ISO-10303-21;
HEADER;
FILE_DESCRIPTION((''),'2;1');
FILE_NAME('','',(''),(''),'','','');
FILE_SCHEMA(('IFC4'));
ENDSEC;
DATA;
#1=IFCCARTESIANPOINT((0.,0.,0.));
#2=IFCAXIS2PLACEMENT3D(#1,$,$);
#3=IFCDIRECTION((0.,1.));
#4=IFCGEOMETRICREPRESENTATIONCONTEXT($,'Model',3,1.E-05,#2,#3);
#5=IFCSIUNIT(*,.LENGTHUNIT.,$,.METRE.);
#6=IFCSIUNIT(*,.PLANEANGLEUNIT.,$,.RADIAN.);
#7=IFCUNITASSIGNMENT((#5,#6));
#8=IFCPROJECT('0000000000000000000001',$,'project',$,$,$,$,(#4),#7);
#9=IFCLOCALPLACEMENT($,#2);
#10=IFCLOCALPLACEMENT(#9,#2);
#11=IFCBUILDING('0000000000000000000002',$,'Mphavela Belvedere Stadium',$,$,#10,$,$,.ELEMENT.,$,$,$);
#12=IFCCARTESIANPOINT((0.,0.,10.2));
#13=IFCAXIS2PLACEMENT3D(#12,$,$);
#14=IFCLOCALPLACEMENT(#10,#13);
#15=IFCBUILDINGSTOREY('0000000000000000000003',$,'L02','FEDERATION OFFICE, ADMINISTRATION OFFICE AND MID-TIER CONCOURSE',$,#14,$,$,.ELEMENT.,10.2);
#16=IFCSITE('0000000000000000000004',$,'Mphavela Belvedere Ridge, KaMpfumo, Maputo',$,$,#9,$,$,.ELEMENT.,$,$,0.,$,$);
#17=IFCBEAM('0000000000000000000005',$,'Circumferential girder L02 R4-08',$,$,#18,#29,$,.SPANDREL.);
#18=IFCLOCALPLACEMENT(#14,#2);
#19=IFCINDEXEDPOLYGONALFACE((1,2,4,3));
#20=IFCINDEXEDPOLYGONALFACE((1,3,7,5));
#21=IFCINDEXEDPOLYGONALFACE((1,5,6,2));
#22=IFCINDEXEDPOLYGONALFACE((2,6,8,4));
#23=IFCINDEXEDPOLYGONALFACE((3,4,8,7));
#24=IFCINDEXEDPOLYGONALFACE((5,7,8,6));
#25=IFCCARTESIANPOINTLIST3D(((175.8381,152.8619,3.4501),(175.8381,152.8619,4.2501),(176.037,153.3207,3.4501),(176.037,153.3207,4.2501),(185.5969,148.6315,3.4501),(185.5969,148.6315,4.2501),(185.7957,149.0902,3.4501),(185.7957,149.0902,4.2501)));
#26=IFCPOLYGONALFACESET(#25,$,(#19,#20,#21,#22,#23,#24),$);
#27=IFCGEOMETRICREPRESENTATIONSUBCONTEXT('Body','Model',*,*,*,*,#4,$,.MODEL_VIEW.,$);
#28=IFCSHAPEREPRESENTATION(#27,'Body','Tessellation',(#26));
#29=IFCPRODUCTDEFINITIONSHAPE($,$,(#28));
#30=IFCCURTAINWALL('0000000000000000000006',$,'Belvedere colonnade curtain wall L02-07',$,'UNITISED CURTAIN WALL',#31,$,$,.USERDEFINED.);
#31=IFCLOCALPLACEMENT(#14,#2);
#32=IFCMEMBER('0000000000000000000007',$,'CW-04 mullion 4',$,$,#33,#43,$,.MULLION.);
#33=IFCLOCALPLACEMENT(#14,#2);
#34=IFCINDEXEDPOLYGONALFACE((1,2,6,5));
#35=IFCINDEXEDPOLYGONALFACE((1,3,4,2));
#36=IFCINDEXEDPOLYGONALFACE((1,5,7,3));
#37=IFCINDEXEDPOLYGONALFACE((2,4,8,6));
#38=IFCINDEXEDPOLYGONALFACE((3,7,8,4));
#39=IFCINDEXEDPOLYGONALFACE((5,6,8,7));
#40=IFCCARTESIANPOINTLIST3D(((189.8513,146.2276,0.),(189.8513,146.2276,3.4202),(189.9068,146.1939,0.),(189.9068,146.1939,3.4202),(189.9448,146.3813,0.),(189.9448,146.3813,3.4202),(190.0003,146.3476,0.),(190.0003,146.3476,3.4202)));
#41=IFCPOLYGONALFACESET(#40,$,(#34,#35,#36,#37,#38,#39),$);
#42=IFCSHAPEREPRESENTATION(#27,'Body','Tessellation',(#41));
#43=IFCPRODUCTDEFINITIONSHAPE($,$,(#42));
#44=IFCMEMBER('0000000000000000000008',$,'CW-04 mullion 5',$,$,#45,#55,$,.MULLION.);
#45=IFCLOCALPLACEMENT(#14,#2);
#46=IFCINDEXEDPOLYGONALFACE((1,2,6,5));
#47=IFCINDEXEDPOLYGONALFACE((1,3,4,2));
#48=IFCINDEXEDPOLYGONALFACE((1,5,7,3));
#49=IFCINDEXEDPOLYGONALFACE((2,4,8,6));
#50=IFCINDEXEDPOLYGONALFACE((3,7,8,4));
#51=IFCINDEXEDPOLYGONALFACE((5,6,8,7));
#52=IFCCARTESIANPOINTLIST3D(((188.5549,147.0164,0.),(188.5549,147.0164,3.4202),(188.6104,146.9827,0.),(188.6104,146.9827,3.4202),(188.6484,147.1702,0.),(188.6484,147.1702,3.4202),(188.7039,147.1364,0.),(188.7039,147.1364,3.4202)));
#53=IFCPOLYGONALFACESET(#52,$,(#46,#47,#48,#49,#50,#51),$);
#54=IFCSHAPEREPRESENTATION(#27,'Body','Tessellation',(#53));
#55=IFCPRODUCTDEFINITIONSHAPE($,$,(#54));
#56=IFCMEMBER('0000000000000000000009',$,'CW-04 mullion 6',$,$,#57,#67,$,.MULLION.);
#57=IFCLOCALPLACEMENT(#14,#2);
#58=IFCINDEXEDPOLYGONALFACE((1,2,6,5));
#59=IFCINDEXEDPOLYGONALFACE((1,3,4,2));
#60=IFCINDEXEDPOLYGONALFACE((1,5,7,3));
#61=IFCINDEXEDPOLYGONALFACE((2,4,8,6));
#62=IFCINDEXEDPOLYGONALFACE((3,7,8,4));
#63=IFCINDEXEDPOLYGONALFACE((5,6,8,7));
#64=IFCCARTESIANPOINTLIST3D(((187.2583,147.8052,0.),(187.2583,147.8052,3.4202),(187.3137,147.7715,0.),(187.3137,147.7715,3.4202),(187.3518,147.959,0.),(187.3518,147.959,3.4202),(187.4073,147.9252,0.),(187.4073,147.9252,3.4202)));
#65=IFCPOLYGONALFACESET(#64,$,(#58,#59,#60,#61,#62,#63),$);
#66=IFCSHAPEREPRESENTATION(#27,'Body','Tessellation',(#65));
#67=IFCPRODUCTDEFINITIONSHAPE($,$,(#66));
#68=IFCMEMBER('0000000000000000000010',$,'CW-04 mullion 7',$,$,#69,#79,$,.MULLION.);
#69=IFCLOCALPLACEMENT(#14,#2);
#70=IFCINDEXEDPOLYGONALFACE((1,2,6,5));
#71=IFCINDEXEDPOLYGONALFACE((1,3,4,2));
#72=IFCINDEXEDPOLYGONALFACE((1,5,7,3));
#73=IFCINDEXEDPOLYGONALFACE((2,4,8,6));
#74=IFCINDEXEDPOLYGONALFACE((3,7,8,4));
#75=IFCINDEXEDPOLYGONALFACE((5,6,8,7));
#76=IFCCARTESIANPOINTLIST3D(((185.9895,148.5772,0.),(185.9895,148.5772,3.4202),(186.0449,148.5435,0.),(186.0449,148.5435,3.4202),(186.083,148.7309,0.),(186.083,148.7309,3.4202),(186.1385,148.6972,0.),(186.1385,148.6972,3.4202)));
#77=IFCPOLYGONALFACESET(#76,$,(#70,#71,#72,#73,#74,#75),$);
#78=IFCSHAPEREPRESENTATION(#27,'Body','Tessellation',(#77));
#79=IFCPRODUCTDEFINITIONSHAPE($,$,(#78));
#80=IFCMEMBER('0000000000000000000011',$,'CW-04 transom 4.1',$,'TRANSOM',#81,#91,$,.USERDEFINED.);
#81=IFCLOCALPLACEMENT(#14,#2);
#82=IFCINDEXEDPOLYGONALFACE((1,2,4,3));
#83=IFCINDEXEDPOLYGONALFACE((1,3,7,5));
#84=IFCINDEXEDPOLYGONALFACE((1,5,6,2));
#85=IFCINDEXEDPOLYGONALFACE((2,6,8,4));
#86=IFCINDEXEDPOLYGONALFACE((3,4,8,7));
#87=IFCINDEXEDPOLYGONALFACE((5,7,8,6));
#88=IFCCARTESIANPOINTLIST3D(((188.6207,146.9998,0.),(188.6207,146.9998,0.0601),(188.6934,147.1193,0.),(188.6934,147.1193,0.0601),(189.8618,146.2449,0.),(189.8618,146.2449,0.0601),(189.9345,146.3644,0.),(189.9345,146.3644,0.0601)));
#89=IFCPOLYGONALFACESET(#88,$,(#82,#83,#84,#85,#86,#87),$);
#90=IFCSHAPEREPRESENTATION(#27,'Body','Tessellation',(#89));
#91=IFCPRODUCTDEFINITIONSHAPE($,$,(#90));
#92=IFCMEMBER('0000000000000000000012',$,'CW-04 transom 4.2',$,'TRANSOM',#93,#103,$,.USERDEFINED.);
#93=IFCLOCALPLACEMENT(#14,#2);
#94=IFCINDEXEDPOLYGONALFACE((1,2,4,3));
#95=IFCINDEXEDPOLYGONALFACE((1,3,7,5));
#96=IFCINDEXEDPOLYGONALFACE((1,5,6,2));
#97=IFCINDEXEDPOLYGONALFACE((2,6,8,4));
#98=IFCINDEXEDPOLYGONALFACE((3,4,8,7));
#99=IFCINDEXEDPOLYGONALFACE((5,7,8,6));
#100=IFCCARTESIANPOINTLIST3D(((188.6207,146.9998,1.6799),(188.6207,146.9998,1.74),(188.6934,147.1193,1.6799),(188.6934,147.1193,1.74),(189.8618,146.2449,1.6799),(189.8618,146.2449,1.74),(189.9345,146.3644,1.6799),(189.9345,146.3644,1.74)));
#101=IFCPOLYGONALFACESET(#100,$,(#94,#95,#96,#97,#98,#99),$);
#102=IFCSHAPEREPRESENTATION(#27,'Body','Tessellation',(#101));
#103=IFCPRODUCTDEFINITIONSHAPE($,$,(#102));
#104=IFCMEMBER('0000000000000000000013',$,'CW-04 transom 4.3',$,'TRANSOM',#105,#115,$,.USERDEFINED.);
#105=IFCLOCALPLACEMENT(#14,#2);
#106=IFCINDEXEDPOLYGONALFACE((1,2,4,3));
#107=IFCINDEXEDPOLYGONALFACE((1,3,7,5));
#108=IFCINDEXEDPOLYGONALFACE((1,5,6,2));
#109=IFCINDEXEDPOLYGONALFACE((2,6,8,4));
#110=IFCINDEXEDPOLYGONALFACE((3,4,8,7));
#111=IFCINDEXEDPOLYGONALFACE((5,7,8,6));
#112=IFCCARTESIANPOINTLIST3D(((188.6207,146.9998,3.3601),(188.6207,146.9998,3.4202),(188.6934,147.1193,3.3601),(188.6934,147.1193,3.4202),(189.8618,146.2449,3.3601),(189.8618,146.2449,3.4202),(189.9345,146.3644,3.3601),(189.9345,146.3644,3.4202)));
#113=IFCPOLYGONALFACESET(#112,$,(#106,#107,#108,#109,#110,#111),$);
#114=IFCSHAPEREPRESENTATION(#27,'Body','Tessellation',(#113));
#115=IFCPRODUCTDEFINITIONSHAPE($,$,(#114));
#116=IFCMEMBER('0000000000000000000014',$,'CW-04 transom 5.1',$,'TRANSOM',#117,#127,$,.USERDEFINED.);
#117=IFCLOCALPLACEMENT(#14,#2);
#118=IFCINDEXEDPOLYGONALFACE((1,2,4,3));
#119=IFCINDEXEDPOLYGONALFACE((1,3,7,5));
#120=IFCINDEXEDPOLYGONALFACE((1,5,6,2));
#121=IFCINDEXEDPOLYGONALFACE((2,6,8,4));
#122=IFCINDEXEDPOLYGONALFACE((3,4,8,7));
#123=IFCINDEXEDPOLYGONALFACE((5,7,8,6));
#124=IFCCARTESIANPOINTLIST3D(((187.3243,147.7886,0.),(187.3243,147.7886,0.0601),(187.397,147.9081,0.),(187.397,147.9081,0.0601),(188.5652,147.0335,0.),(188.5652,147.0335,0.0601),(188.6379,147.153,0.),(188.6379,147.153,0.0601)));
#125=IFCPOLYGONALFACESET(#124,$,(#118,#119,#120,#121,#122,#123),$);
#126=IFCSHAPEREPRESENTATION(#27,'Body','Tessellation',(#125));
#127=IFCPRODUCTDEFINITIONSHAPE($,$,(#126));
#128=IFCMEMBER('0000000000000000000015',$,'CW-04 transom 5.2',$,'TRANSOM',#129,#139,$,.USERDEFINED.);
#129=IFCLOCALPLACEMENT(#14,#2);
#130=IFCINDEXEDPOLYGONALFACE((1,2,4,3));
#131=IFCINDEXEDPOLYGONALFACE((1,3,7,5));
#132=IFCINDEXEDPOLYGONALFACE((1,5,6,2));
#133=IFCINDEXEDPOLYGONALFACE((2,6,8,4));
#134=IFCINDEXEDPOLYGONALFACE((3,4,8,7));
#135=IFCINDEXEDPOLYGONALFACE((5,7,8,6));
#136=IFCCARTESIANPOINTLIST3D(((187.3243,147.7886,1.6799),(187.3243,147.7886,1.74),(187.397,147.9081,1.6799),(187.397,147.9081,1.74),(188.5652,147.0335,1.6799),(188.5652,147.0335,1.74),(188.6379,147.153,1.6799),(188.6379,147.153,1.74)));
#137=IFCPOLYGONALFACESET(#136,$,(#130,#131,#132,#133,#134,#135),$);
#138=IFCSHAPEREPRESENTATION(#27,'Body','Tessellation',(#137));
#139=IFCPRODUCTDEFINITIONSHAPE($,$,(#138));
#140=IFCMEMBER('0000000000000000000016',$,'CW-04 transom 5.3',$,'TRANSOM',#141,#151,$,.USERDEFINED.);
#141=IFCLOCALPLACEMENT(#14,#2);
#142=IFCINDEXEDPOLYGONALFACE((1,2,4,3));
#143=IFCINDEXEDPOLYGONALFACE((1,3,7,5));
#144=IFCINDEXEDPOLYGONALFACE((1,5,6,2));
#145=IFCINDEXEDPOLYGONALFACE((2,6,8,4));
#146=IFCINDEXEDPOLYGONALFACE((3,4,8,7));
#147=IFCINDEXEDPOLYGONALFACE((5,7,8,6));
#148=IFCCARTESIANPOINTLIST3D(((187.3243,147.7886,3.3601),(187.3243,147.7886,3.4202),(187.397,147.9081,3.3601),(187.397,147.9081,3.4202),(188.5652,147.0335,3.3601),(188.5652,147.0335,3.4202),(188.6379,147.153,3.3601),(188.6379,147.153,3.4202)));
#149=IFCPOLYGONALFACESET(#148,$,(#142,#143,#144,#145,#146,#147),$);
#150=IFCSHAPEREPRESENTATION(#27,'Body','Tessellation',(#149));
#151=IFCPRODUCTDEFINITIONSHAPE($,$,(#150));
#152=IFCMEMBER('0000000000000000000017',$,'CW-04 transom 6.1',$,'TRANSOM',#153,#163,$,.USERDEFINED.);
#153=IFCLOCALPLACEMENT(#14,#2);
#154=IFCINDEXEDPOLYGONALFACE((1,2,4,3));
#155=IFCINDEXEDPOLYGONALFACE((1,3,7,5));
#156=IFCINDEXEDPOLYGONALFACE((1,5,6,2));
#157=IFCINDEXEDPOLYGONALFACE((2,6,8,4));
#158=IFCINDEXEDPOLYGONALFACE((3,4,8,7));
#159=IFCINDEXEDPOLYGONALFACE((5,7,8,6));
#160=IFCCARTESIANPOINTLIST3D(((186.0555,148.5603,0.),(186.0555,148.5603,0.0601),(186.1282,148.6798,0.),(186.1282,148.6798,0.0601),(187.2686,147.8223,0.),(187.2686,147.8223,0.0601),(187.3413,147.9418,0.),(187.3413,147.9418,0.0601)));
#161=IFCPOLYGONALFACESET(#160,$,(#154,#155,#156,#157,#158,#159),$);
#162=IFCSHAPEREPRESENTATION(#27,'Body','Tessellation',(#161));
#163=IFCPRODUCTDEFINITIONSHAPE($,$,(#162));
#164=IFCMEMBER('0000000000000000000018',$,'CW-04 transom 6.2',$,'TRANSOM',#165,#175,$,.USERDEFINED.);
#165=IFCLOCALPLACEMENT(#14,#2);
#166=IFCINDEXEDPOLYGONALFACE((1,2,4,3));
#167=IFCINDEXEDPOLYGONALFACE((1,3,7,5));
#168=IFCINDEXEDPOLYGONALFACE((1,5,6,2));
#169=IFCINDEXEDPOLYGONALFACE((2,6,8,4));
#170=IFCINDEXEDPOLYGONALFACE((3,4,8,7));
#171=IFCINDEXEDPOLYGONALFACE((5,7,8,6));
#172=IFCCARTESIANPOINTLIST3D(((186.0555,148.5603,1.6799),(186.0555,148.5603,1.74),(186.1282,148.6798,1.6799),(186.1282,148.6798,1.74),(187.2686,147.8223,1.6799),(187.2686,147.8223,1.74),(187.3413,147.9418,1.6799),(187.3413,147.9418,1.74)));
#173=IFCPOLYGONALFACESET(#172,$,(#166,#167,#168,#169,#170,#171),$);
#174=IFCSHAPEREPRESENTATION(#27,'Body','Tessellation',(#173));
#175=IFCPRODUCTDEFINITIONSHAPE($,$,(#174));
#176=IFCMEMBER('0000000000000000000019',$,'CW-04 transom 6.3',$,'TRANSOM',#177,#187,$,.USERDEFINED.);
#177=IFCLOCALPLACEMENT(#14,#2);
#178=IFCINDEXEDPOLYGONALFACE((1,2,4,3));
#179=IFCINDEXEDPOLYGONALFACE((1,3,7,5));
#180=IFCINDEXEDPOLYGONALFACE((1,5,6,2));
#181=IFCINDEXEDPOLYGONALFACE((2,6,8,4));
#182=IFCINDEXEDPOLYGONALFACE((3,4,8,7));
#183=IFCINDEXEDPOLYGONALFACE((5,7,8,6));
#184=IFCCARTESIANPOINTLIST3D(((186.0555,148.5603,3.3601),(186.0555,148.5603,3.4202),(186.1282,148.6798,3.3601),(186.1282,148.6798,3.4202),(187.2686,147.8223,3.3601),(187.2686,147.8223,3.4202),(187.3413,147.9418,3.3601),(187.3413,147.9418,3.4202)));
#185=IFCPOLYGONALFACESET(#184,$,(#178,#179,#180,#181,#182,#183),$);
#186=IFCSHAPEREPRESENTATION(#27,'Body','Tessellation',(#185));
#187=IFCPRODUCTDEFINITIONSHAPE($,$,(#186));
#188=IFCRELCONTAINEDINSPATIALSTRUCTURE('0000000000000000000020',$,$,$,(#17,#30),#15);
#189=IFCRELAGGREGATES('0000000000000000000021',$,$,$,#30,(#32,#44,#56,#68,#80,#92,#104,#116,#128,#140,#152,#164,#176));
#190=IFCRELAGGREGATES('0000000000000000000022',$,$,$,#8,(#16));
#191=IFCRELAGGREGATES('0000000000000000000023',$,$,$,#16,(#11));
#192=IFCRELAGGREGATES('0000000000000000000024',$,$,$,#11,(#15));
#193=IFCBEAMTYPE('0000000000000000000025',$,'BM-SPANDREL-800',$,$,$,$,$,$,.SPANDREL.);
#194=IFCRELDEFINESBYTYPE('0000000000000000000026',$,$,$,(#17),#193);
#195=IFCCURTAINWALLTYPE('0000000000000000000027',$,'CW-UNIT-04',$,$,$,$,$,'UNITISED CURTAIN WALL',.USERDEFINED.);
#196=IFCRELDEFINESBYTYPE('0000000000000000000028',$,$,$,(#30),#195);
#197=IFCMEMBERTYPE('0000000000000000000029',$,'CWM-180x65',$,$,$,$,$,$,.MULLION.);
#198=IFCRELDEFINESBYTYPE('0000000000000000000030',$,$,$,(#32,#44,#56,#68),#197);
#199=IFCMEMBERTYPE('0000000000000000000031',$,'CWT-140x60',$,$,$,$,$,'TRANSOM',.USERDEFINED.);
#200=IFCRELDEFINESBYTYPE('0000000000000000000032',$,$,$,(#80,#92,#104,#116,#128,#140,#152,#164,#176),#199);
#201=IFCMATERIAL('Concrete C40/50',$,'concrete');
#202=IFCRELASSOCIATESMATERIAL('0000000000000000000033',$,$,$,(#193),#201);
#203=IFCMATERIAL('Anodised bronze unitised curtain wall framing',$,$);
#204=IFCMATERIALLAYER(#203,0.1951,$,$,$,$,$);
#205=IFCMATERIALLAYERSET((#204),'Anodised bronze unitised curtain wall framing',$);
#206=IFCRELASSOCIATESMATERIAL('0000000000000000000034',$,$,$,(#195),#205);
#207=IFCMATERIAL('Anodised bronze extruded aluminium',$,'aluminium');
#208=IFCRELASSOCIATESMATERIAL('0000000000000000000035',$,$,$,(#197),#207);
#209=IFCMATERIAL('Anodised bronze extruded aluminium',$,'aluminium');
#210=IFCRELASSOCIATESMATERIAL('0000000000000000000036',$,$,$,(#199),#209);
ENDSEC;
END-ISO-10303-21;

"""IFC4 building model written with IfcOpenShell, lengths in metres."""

from ifc_helpers import new_model, si_unit, direction, frame, origin, origin_2d, place, context, subcontext, project, spatial, rectangle, extrude, material, layer, layer_set, material_profile, profile_set, type_object, element, aggregate, save


model = new_model("IFC4")

# Units and contexts
model_context = context("Model", 3, precision=1e-05, world=origin(), true_north=direction((0.0, 1.0)))
body_context = subcontext(model_context, "Body", "Model", "MODEL_VIEW")
ifc_project = project(units=[si_unit("LENGTHUNIT", "METRE"), si_unit("PLANEANGLEUNIT", "RADIAN")], contexts=[model_context])

# Site, building, storey
site_placement = place(None, origin())
site = spatial("IfcSite", under=ifc_project, at=site_placement, Name="Mphavela Belvedere Ridge, KaMpfumo, Maputo", CompositionType="ELEMENT", RefElevation=0.0)
building_placement = place(site_placement, origin())
building = spatial("IfcBuilding", under=site, at=building_placement, Name="Mphavela Belvedere Stadium", CompositionType="ELEMENT")
storey_placement = place(building_placement, frame((0.0, 0.0, 10.2)))
storey = spatial("IfcBuildingStorey", under=building, at=storey_placement, Name="L02", Description="FEDERATION OFFICE, ADMINISTRATION OFFICE AND MID-TIER CONCOURSE", CompositionType="ELEMENT", Elevation=10.2)

# Beam
ifc_material_1 = material(Name="Concrete C40/50", Category="concrete")
ifc_material_profile_1 = material_profile(ifc_material_1, rectangle(XDim=0.5, YDim=0.8, at=origin_2d()), Name="RC 500x800")
ifc_profile_set_1 = profile_set([ifc_material_profile_1], Name="Concrete C40/50")
beam_type_1 = type_object("IfcBeamType", Name="BM-SPANDREL-800", PredefinedType="SPANDREL", material=ifc_profile_set_1)
beam_1_placement = place(storey_placement, frame((185.6963, 148.8608, 3.8501), z_axis=(-0.917499, 0.397739, 0.0), x_axis=(-0.397739, -0.917499, 0.0)))
element("IfcBeam", 1, at=beam_1_placement, inside=storey, type_object=beam_type_1, Name="Circumferential girder L02 R4-08", PredefinedType="SPANDREL", context=body_context, shape_type="SweptSolid", body=[
    extrude(rectangle(XDim=0.5, YDim=0.8, at=origin_2d()), origin(), (0.0, 0.0, 1.0), 10.6362),
])

# Curtain wall, members
ifc_material_2 = material(Name="Anodised bronze unitised curtain wall framing")
ifc_layer_1 = layer(ifc_material_2, 0.1951)
ifc_layer_set_1 = layer_set([ifc_layer_1], Name="Anodised bronze unitised curtain wall framing")
curtain_wall_type = type_object("IfcCurtainWallType", Name="CW-UNIT-04", ElementType="UNITISED CURTAIN WALL", PredefinedType="USERDEFINED", material=ifc_layer_set_1)
curtain_wall_placement = place(storey_placement, origin())
curtain_wall = element("IfcCurtainWall", 2, at=curtain_wall_placement, inside=storey, type_object=curtain_wall_type, Name="Belvedere colonnade curtain wall L02-07", ObjectType="UNITISED CURTAIN WALL", PredefinedType="USERDEFINED")
ifc_material_3 = material(Name="Anodised bronze extruded aluminium", Category="aluminium")
ifc_material_profile_2 = material_profile(ifc_material_3, rectangle(XDim=0.1799, YDim=0.0649, at=origin_2d()), Name="CW-MUL 180x65")
ifc_profile_set_2 = profile_set([ifc_material_profile_2], Name="Anodised bronze extruded aluminium")
member_type_1 = type_object("IfcMemberType", Name="CWM-180x65", PredefinedType="MULLION", material=ifc_profile_set_2)
member_1_placement = place(storey_placement, frame((189.9258, 146.2876, 0.0), z_axis=(0.0, 0.0, 1.0), x_axis=(-0.519732, -0.85433, 0.0)))
member_1 = element("IfcMember", 3, at=member_1_placement, type_object=member_type_1, Name="CW-04 mullion 4", PredefinedType="MULLION", context=body_context, shape_type="SweptSolid", body=[
    extrude(rectangle(XDim=0.1799, YDim=0.0649, at=origin_2d()), origin(), (0.0, 0.0, 1.0), 3.4202),
])
member_2_placement = place(storey_placement, frame((188.6294, 147.0764, 0.0), z_axis=(0.0, 0.0, 1.0), x_axis=(-0.519732, -0.85433, 0.0)))
member_2 = element("IfcMember", 4, at=member_2_placement, type_object=member_type_1, Name="CW-04 mullion 5", PredefinedType="MULLION", context=body_context, shape_type="SweptSolid", body=[
    extrude(rectangle(XDim=0.1799, YDim=0.0649, at=origin_2d()), origin(), (0.0, 0.0, 1.0), 3.4202),
])
member_3_placement = place(storey_placement, frame((187.3328, 147.8652, 0.0), z_axis=(0.0, 0.0, 1.0), x_axis=(-0.519732, -0.85433, 0.0)))
member_3 = element("IfcMember", 5, at=member_3_placement, type_object=member_type_1, Name="CW-04 mullion 6", PredefinedType="MULLION", context=body_context, shape_type="SweptSolid", body=[
    extrude(rectangle(XDim=0.1799, YDim=0.0649, at=origin_2d()), origin(), (0.0, 0.0, 1.0), 3.4202),
])
member_4_placement = place(storey_placement, frame((186.064, 148.6372, 0.0), z_axis=(0.0, 0.0, 1.0), x_axis=(-0.519732, -0.85433, 0.0)))
member_4 = element("IfcMember", 6, at=member_4_placement, type_object=member_type_1, Name="CW-04 mullion 7", PredefinedType="MULLION", context=body_context, shape_type="SweptSolid", body=[
    extrude(rectangle(XDim=0.1799, YDim=0.0649, at=origin_2d()), origin(), (0.0, 0.0, 1.0), 3.4202),
])
ifc_material_4 = material(Name="Anodised bronze extruded aluminium", Category="aluminium")
ifc_material_profile_3 = material_profile(ifc_material_4, rectangle(XDim=0.1399, YDim=0.0601, at=origin_2d()), Name="CW-TRN 140x60")
ifc_profile_set_3 = profile_set([ifc_material_profile_3], Name="Anodised bronze extruded aluminium")
member_type_2 = type_object("IfcMemberType", Name="CWT-140x60", ElementType="TRANSOM", PredefinedType="USERDEFINED", material=ifc_profile_set_3)
member_5_placement = place(storey_placement, frame((189.8982, 146.3047, 0.03), z_axis=(-0.854393, 0.519627, 0.0), x_axis=(-0.519627, -0.854393, 0.0)))
member_5 = element("IfcMember", 7, at=member_5_placement, type_object=member_type_2, Name="CW-04 transom 4.1", ObjectType="TRANSOM", PredefinedType="USERDEFINED", context=body_context, shape_type="SweptSolid", body=[
    extrude(rectangle(XDim=0.1399, YDim=0.0601, at=origin_2d()), origin(), (0.0, 0.0, 1.0), 1.4526),
])
member_6_placement = place(storey_placement, frame((189.8982, 146.3047, 1.71), z_axis=(-0.854393, 0.519627, 0.0), x_axis=(-0.519627, -0.854393, 0.0)))
member_6 = element("IfcMember", 8, at=member_6_placement, type_object=member_type_2, Name="CW-04 transom 4.2", ObjectType="TRANSOM", PredefinedType="USERDEFINED", context=body_context, shape_type="SweptSolid", body=[
    extrude(rectangle(XDim=0.1399, YDim=0.0601, at=origin_2d()), origin(), (0.0, 0.0, 1.0), 1.4526),
])
member_7_placement = place(storey_placement, frame((189.8982, 146.3047, 3.3901), z_axis=(-0.854393, 0.519627, 0.0), x_axis=(-0.519627, -0.854393, 0.0)))
member_7 = element("IfcMember", 9, at=member_7_placement, type_object=member_type_2, Name="CW-04 transom 4.3", ObjectType="TRANSOM", PredefinedType="USERDEFINED", context=body_context, shape_type="SweptSolid", body=[
    extrude(rectangle(XDim=0.1399, YDim=0.0601, at=origin_2d()), origin(), (0.0, 0.0, 1.0), 1.4526),
])
member_8_placement = place(storey_placement, frame((188.6016, 147.0933, 0.03), z_axis=(-0.854273, 0.519824, 0.0), x_axis=(-0.519824, -0.854273, 0.0)))
member_8 = element("IfcMember", 10, at=member_8_placement, type_object=member_type_2, Name="CW-04 transom 5.1", ObjectType="TRANSOM", PredefinedType="USERDEFINED", context=body_context, shape_type="SweptSolid", body=[
    extrude(rectangle(XDim=0.1399, YDim=0.0601, at=origin_2d()), origin(), (0.0, 0.0, 1.0), 1.4526),
])
member_9_placement = place(storey_placement, frame((188.6016, 147.0933, 1.71), z_axis=(-0.854273, 0.519824, 0.0), x_axis=(-0.519824, -0.854273, 0.0)))
member_9 = element("IfcMember", 11, at=member_9_placement, type_object=member_type_2, Name="CW-04 transom 5.2", ObjectType="TRANSOM", PredefinedType="USERDEFINED", context=body_context, shape_type="SweptSolid", body=[
    extrude(rectangle(XDim=0.1399, YDim=0.0601, at=origin_2d()), origin(), (0.0, 0.0, 1.0), 1.4526),
])
member_10_placement = place(storey_placement, frame((188.6016, 147.0933, 3.3901), z_axis=(-0.854273, 0.519824, 0.0), x_axis=(-0.519824, -0.854273, 0.0)))
member_10 = element("IfcMember", 12, at=member_10_placement, type_object=member_type_2, Name="CW-04 transom 5.3", ObjectType="TRANSOM", PredefinedType="USERDEFINED", context=body_context, shape_type="SweptSolid", body=[
    extrude(rectangle(XDim=0.1399, YDim=0.0601, at=origin_2d()), origin(), (0.0, 0.0, 1.0), 1.4526),
])
member_11_placement = place(storey_placement, frame((187.3049, 147.8821, 0.03), z_axis=(-0.854321, 0.519745, 0.0), x_axis=(-0.519745, -0.854321, 0.0)))
member_11 = element("IfcMember", 13, at=member_11_placement, type_object=member_type_2, Name="CW-04 transom 6.1", ObjectType="TRANSOM", PredefinedType="USERDEFINED", context=body_context, shape_type="SweptSolid", body=[
    extrude(rectangle(XDim=0.1399, YDim=0.0601, at=origin_2d()), origin(), (0.0, 0.0, 1.0), 1.4199),
])
member_12_placement = place(storey_placement, frame((187.3049, 147.8821, 1.71), z_axis=(-0.854321, 0.519745, 0.0), x_axis=(-0.519745, -0.854321, 0.0)))
member_12 = element("IfcMember", 14, at=member_12_placement, type_object=member_type_2, Name="CW-04 transom 6.2", ObjectType="TRANSOM", PredefinedType="USERDEFINED", context=body_context, shape_type="SweptSolid", body=[
    extrude(rectangle(XDim=0.1399, YDim=0.0601, at=origin_2d()), origin(), (0.0, 0.0, 1.0), 1.4199),
])
member_13_placement = place(storey_placement, frame((187.3049, 147.8821, 3.3901), z_axis=(-0.854321, 0.519745, 0.0), x_axis=(-0.519745, -0.854321, 0.0)))
member_13 = element("IfcMember", 15, at=member_13_placement, type_object=member_type_2, Name="CW-04 transom 6.3", ObjectType="TRANSOM", PredefinedType="USERDEFINED", context=body_context, shape_type="SweptSolid", body=[
    extrude(rectangle(XDim=0.1399, YDim=0.0601, at=origin_2d()), origin(), (0.0, 0.0, 1.0), 1.4199),
])
aggregate(curtain_wall, [member_1, member_2, member_3, member_4, member_5, member_6, member_7, member_8, member_9, member_10, member_11, member_12, member_13])

save(model, "model.ifc")
